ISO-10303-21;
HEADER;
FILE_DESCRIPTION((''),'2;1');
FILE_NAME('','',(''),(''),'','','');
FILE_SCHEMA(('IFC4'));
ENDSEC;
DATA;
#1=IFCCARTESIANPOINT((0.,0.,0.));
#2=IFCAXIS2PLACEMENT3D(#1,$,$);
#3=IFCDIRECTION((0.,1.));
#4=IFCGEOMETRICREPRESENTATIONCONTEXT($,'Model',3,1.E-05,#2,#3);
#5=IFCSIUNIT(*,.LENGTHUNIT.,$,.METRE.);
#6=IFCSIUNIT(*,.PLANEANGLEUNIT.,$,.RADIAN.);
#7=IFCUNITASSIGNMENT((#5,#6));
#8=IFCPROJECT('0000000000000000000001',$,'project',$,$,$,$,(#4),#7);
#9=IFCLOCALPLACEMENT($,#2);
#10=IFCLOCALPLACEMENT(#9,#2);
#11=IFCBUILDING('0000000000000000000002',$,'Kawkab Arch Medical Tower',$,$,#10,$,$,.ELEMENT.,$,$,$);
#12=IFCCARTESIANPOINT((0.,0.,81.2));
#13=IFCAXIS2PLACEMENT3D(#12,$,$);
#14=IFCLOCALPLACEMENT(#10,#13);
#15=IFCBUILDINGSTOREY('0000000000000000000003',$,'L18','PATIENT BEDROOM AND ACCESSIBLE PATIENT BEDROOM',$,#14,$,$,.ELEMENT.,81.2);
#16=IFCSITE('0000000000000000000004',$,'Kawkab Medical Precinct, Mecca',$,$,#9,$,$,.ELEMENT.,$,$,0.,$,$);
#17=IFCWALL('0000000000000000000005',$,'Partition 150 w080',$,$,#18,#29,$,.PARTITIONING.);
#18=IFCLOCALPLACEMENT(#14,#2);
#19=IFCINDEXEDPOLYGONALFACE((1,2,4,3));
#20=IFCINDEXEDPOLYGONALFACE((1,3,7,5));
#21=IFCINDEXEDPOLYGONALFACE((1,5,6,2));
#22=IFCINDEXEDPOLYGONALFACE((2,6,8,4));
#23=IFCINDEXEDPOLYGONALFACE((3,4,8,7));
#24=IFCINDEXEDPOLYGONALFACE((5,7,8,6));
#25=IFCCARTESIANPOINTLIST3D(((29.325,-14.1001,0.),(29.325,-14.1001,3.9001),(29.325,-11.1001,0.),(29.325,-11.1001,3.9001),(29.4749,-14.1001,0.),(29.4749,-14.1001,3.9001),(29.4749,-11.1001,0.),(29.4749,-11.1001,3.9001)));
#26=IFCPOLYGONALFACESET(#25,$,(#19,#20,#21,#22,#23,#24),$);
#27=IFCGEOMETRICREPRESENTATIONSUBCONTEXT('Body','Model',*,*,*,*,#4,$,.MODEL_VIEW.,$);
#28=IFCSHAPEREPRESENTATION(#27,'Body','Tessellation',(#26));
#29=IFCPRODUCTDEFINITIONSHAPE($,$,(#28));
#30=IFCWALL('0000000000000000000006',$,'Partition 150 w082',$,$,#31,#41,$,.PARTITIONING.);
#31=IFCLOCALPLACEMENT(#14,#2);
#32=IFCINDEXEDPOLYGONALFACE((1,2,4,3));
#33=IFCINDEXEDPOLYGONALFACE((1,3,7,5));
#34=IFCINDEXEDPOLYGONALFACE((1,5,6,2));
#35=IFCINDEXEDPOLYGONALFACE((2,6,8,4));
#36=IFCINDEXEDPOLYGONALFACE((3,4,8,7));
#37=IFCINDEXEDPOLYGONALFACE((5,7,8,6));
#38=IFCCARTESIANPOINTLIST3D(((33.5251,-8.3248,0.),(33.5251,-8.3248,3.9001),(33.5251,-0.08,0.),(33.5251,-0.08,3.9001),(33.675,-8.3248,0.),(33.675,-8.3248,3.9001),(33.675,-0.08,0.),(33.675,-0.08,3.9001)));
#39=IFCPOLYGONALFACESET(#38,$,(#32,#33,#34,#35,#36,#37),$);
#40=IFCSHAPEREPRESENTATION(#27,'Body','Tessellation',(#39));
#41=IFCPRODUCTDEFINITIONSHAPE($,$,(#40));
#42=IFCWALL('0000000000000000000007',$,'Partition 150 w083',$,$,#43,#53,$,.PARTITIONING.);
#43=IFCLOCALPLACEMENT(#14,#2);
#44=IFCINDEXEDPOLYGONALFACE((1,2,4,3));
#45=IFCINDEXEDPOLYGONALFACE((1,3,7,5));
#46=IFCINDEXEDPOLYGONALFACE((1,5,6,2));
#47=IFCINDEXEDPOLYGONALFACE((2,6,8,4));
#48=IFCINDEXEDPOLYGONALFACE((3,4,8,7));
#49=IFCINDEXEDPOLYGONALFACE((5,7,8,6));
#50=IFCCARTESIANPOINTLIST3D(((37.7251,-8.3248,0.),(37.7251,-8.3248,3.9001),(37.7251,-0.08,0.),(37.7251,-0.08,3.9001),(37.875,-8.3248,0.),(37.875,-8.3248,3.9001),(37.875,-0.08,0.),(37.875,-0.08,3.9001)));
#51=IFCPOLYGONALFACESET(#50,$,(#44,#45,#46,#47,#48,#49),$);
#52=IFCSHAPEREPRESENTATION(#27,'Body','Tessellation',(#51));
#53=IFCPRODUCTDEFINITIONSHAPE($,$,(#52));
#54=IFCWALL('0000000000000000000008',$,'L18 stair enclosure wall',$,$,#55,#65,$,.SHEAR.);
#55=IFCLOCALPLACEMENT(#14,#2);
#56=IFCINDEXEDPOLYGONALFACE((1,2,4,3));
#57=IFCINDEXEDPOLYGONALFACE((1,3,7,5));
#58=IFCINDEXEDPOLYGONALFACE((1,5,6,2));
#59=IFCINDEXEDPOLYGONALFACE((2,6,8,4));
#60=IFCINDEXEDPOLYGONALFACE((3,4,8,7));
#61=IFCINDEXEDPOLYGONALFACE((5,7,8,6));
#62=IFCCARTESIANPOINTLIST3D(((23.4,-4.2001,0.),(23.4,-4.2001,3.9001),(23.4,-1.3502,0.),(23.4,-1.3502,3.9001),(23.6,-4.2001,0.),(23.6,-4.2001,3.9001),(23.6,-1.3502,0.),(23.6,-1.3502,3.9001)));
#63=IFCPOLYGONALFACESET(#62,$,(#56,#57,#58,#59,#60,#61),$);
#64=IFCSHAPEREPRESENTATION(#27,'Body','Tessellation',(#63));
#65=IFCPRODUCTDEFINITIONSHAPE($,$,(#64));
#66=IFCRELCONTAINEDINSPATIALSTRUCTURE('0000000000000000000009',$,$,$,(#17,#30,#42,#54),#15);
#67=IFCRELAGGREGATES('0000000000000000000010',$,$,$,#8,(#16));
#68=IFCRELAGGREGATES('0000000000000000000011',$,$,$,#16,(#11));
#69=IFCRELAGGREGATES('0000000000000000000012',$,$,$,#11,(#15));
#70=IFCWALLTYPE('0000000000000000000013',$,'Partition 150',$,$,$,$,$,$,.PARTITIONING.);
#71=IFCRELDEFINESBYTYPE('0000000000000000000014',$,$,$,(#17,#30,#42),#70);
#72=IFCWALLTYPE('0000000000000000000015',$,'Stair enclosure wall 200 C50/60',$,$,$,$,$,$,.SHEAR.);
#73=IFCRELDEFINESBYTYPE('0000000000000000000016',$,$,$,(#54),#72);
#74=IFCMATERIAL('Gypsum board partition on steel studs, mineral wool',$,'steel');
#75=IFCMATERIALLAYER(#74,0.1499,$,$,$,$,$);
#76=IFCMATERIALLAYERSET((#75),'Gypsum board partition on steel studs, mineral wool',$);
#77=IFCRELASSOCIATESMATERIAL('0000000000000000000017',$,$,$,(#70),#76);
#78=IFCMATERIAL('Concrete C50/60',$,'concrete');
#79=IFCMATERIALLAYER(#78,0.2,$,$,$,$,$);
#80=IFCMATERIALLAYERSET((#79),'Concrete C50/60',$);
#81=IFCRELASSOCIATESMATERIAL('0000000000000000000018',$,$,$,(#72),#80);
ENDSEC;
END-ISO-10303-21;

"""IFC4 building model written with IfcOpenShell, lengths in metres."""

from ifc_helpers import new_model, si_unit, direction, frame, frame_2d, origin, place, context, subcontext, project, spatial, rectangle, extrude, material, layer, layer_set, type_object, element, save


model = new_model("IFC4")

# Units and contexts
model_context = context("Model", 3, precision=1e-05, world=origin(), true_north=direction((0.0, 1.0)))
body_context = subcontext(model_context, "Body", "Model", "MODEL_VIEW")
ifc_project = project(units=[si_unit("LENGTHUNIT", "METRE"), si_unit("PLANEANGLEUNIT", "RADIAN")], contexts=[model_context])

# Site, building, storey
site_placement = place(None, origin())
site = spatial("IfcSite", under=ifc_project, at=site_placement, Name="Kawkab Medical Precinct, Mecca", CompositionType="ELEMENT", RefElevation=0.0)
building_placement = place(site_placement, origin())
building = spatial("IfcBuilding", under=site, at=building_placement, Name="Kawkab Arch Medical Tower", CompositionType="ELEMENT")
storey_placement = place(building_placement, frame((0.0, 0.0, 81.2)))
storey = spatial("IfcBuildingStorey", under=building, at=storey_placement, Name="L18", Description="PATIENT BEDROOM AND ACCESSIBLE PATIENT BEDROOM", CompositionType="ELEMENT", Elevation=81.2)

# Shared definitions
ifc_material_1 = material(Name="Gypsum board partition on steel studs, mineral wool", Category="steel")
ifc_layer_1 = layer(ifc_material_1, 0.1499)
ifc_layer_set_1 = layer_set([ifc_layer_1], Name="Gypsum board partition on steel studs, mineral wool")
wall_type_1 = type_object("IfcWallType", Name="Partition 150", PredefinedType="PARTITIONING", material=ifc_layer_set_1)

# Walls
wall_1_placement = place(storey_placement, frame((29.3999, -14.1001, 0.0), z_axis=(0.0, 0.0, 1.0), x_axis=(0.0, 1.0, 0.0)))
element("IfcWall", 1, at=wall_1_placement, inside=storey, type_object=wall_type_1, Name="Partition 150 w080", PredefinedType="PARTITIONING", context=body_context, shape_type="SweptSolid", body=[
    extrude(rectangle(XDim=3.0, YDim=0.1499, at=frame_2d((1.5, 0.0))), origin(), (0.0, 0.0, 1.0), 3.9001),
])
for number, where, z_axis, x_axis, name in (
    (2, (33.6001, -8.325, 0.0), (0.0, 0.0, 1.0), (0.0, 1.0, 0.0), "Partition 150 w082"),
    (3, (37.8, -8.325, 0.0), (0.0, 0.0, 1.0), (0.0, 1.0, 0.0), "Partition 150 w083"),
):
    element("IfcWall", number, at=place(storey_placement, frame(where, z_axis=z_axis, x_axis=x_axis)), inside=storey, type_object=wall_type_1, Name=name, PredefinedType="PARTITIONING", context=body_context, shape_type="SweptSolid", body=[
        extrude(rectangle(XDim=8.2449, YDim=0.1499, at=frame_2d((4.1226, 0.0))), origin(), (0.0, 0.0, 1.0), 3.9001),
    ])
ifc_material_2 = material(Name="Concrete C50/60", Category="concrete")
ifc_layer_2 = layer(ifc_material_2, 0.2)
ifc_layer_set_2 = layer_set([ifc_layer_2], Name="Concrete C50/60")
wall_type_2 = type_object("IfcWallType", Name="Stair enclosure wall 200 C50/60", PredefinedType="SHEAR", material=ifc_layer_set_2)
wall_2_placement = place(storey_placement, frame((23.5, -4.2, 0.0), z_axis=(0.0, 0.0, 1.0), x_axis=(0.0, 1.0, 0.0)))
element("IfcWall", 4, at=wall_2_placement, inside=storey, type_object=wall_type_2, Name="L18 stair enclosure wall", PredefinedType="SHEAR", context=body_context, shape_type="SweptSolid", body=[
    extrude(rectangle(XDim=2.8499, YDim=0.2, at=frame_2d((1.4248, 0.0))), origin(), (0.0, 0.0, 1.0), 3.9001),
])

save(model, "model.ifc")
